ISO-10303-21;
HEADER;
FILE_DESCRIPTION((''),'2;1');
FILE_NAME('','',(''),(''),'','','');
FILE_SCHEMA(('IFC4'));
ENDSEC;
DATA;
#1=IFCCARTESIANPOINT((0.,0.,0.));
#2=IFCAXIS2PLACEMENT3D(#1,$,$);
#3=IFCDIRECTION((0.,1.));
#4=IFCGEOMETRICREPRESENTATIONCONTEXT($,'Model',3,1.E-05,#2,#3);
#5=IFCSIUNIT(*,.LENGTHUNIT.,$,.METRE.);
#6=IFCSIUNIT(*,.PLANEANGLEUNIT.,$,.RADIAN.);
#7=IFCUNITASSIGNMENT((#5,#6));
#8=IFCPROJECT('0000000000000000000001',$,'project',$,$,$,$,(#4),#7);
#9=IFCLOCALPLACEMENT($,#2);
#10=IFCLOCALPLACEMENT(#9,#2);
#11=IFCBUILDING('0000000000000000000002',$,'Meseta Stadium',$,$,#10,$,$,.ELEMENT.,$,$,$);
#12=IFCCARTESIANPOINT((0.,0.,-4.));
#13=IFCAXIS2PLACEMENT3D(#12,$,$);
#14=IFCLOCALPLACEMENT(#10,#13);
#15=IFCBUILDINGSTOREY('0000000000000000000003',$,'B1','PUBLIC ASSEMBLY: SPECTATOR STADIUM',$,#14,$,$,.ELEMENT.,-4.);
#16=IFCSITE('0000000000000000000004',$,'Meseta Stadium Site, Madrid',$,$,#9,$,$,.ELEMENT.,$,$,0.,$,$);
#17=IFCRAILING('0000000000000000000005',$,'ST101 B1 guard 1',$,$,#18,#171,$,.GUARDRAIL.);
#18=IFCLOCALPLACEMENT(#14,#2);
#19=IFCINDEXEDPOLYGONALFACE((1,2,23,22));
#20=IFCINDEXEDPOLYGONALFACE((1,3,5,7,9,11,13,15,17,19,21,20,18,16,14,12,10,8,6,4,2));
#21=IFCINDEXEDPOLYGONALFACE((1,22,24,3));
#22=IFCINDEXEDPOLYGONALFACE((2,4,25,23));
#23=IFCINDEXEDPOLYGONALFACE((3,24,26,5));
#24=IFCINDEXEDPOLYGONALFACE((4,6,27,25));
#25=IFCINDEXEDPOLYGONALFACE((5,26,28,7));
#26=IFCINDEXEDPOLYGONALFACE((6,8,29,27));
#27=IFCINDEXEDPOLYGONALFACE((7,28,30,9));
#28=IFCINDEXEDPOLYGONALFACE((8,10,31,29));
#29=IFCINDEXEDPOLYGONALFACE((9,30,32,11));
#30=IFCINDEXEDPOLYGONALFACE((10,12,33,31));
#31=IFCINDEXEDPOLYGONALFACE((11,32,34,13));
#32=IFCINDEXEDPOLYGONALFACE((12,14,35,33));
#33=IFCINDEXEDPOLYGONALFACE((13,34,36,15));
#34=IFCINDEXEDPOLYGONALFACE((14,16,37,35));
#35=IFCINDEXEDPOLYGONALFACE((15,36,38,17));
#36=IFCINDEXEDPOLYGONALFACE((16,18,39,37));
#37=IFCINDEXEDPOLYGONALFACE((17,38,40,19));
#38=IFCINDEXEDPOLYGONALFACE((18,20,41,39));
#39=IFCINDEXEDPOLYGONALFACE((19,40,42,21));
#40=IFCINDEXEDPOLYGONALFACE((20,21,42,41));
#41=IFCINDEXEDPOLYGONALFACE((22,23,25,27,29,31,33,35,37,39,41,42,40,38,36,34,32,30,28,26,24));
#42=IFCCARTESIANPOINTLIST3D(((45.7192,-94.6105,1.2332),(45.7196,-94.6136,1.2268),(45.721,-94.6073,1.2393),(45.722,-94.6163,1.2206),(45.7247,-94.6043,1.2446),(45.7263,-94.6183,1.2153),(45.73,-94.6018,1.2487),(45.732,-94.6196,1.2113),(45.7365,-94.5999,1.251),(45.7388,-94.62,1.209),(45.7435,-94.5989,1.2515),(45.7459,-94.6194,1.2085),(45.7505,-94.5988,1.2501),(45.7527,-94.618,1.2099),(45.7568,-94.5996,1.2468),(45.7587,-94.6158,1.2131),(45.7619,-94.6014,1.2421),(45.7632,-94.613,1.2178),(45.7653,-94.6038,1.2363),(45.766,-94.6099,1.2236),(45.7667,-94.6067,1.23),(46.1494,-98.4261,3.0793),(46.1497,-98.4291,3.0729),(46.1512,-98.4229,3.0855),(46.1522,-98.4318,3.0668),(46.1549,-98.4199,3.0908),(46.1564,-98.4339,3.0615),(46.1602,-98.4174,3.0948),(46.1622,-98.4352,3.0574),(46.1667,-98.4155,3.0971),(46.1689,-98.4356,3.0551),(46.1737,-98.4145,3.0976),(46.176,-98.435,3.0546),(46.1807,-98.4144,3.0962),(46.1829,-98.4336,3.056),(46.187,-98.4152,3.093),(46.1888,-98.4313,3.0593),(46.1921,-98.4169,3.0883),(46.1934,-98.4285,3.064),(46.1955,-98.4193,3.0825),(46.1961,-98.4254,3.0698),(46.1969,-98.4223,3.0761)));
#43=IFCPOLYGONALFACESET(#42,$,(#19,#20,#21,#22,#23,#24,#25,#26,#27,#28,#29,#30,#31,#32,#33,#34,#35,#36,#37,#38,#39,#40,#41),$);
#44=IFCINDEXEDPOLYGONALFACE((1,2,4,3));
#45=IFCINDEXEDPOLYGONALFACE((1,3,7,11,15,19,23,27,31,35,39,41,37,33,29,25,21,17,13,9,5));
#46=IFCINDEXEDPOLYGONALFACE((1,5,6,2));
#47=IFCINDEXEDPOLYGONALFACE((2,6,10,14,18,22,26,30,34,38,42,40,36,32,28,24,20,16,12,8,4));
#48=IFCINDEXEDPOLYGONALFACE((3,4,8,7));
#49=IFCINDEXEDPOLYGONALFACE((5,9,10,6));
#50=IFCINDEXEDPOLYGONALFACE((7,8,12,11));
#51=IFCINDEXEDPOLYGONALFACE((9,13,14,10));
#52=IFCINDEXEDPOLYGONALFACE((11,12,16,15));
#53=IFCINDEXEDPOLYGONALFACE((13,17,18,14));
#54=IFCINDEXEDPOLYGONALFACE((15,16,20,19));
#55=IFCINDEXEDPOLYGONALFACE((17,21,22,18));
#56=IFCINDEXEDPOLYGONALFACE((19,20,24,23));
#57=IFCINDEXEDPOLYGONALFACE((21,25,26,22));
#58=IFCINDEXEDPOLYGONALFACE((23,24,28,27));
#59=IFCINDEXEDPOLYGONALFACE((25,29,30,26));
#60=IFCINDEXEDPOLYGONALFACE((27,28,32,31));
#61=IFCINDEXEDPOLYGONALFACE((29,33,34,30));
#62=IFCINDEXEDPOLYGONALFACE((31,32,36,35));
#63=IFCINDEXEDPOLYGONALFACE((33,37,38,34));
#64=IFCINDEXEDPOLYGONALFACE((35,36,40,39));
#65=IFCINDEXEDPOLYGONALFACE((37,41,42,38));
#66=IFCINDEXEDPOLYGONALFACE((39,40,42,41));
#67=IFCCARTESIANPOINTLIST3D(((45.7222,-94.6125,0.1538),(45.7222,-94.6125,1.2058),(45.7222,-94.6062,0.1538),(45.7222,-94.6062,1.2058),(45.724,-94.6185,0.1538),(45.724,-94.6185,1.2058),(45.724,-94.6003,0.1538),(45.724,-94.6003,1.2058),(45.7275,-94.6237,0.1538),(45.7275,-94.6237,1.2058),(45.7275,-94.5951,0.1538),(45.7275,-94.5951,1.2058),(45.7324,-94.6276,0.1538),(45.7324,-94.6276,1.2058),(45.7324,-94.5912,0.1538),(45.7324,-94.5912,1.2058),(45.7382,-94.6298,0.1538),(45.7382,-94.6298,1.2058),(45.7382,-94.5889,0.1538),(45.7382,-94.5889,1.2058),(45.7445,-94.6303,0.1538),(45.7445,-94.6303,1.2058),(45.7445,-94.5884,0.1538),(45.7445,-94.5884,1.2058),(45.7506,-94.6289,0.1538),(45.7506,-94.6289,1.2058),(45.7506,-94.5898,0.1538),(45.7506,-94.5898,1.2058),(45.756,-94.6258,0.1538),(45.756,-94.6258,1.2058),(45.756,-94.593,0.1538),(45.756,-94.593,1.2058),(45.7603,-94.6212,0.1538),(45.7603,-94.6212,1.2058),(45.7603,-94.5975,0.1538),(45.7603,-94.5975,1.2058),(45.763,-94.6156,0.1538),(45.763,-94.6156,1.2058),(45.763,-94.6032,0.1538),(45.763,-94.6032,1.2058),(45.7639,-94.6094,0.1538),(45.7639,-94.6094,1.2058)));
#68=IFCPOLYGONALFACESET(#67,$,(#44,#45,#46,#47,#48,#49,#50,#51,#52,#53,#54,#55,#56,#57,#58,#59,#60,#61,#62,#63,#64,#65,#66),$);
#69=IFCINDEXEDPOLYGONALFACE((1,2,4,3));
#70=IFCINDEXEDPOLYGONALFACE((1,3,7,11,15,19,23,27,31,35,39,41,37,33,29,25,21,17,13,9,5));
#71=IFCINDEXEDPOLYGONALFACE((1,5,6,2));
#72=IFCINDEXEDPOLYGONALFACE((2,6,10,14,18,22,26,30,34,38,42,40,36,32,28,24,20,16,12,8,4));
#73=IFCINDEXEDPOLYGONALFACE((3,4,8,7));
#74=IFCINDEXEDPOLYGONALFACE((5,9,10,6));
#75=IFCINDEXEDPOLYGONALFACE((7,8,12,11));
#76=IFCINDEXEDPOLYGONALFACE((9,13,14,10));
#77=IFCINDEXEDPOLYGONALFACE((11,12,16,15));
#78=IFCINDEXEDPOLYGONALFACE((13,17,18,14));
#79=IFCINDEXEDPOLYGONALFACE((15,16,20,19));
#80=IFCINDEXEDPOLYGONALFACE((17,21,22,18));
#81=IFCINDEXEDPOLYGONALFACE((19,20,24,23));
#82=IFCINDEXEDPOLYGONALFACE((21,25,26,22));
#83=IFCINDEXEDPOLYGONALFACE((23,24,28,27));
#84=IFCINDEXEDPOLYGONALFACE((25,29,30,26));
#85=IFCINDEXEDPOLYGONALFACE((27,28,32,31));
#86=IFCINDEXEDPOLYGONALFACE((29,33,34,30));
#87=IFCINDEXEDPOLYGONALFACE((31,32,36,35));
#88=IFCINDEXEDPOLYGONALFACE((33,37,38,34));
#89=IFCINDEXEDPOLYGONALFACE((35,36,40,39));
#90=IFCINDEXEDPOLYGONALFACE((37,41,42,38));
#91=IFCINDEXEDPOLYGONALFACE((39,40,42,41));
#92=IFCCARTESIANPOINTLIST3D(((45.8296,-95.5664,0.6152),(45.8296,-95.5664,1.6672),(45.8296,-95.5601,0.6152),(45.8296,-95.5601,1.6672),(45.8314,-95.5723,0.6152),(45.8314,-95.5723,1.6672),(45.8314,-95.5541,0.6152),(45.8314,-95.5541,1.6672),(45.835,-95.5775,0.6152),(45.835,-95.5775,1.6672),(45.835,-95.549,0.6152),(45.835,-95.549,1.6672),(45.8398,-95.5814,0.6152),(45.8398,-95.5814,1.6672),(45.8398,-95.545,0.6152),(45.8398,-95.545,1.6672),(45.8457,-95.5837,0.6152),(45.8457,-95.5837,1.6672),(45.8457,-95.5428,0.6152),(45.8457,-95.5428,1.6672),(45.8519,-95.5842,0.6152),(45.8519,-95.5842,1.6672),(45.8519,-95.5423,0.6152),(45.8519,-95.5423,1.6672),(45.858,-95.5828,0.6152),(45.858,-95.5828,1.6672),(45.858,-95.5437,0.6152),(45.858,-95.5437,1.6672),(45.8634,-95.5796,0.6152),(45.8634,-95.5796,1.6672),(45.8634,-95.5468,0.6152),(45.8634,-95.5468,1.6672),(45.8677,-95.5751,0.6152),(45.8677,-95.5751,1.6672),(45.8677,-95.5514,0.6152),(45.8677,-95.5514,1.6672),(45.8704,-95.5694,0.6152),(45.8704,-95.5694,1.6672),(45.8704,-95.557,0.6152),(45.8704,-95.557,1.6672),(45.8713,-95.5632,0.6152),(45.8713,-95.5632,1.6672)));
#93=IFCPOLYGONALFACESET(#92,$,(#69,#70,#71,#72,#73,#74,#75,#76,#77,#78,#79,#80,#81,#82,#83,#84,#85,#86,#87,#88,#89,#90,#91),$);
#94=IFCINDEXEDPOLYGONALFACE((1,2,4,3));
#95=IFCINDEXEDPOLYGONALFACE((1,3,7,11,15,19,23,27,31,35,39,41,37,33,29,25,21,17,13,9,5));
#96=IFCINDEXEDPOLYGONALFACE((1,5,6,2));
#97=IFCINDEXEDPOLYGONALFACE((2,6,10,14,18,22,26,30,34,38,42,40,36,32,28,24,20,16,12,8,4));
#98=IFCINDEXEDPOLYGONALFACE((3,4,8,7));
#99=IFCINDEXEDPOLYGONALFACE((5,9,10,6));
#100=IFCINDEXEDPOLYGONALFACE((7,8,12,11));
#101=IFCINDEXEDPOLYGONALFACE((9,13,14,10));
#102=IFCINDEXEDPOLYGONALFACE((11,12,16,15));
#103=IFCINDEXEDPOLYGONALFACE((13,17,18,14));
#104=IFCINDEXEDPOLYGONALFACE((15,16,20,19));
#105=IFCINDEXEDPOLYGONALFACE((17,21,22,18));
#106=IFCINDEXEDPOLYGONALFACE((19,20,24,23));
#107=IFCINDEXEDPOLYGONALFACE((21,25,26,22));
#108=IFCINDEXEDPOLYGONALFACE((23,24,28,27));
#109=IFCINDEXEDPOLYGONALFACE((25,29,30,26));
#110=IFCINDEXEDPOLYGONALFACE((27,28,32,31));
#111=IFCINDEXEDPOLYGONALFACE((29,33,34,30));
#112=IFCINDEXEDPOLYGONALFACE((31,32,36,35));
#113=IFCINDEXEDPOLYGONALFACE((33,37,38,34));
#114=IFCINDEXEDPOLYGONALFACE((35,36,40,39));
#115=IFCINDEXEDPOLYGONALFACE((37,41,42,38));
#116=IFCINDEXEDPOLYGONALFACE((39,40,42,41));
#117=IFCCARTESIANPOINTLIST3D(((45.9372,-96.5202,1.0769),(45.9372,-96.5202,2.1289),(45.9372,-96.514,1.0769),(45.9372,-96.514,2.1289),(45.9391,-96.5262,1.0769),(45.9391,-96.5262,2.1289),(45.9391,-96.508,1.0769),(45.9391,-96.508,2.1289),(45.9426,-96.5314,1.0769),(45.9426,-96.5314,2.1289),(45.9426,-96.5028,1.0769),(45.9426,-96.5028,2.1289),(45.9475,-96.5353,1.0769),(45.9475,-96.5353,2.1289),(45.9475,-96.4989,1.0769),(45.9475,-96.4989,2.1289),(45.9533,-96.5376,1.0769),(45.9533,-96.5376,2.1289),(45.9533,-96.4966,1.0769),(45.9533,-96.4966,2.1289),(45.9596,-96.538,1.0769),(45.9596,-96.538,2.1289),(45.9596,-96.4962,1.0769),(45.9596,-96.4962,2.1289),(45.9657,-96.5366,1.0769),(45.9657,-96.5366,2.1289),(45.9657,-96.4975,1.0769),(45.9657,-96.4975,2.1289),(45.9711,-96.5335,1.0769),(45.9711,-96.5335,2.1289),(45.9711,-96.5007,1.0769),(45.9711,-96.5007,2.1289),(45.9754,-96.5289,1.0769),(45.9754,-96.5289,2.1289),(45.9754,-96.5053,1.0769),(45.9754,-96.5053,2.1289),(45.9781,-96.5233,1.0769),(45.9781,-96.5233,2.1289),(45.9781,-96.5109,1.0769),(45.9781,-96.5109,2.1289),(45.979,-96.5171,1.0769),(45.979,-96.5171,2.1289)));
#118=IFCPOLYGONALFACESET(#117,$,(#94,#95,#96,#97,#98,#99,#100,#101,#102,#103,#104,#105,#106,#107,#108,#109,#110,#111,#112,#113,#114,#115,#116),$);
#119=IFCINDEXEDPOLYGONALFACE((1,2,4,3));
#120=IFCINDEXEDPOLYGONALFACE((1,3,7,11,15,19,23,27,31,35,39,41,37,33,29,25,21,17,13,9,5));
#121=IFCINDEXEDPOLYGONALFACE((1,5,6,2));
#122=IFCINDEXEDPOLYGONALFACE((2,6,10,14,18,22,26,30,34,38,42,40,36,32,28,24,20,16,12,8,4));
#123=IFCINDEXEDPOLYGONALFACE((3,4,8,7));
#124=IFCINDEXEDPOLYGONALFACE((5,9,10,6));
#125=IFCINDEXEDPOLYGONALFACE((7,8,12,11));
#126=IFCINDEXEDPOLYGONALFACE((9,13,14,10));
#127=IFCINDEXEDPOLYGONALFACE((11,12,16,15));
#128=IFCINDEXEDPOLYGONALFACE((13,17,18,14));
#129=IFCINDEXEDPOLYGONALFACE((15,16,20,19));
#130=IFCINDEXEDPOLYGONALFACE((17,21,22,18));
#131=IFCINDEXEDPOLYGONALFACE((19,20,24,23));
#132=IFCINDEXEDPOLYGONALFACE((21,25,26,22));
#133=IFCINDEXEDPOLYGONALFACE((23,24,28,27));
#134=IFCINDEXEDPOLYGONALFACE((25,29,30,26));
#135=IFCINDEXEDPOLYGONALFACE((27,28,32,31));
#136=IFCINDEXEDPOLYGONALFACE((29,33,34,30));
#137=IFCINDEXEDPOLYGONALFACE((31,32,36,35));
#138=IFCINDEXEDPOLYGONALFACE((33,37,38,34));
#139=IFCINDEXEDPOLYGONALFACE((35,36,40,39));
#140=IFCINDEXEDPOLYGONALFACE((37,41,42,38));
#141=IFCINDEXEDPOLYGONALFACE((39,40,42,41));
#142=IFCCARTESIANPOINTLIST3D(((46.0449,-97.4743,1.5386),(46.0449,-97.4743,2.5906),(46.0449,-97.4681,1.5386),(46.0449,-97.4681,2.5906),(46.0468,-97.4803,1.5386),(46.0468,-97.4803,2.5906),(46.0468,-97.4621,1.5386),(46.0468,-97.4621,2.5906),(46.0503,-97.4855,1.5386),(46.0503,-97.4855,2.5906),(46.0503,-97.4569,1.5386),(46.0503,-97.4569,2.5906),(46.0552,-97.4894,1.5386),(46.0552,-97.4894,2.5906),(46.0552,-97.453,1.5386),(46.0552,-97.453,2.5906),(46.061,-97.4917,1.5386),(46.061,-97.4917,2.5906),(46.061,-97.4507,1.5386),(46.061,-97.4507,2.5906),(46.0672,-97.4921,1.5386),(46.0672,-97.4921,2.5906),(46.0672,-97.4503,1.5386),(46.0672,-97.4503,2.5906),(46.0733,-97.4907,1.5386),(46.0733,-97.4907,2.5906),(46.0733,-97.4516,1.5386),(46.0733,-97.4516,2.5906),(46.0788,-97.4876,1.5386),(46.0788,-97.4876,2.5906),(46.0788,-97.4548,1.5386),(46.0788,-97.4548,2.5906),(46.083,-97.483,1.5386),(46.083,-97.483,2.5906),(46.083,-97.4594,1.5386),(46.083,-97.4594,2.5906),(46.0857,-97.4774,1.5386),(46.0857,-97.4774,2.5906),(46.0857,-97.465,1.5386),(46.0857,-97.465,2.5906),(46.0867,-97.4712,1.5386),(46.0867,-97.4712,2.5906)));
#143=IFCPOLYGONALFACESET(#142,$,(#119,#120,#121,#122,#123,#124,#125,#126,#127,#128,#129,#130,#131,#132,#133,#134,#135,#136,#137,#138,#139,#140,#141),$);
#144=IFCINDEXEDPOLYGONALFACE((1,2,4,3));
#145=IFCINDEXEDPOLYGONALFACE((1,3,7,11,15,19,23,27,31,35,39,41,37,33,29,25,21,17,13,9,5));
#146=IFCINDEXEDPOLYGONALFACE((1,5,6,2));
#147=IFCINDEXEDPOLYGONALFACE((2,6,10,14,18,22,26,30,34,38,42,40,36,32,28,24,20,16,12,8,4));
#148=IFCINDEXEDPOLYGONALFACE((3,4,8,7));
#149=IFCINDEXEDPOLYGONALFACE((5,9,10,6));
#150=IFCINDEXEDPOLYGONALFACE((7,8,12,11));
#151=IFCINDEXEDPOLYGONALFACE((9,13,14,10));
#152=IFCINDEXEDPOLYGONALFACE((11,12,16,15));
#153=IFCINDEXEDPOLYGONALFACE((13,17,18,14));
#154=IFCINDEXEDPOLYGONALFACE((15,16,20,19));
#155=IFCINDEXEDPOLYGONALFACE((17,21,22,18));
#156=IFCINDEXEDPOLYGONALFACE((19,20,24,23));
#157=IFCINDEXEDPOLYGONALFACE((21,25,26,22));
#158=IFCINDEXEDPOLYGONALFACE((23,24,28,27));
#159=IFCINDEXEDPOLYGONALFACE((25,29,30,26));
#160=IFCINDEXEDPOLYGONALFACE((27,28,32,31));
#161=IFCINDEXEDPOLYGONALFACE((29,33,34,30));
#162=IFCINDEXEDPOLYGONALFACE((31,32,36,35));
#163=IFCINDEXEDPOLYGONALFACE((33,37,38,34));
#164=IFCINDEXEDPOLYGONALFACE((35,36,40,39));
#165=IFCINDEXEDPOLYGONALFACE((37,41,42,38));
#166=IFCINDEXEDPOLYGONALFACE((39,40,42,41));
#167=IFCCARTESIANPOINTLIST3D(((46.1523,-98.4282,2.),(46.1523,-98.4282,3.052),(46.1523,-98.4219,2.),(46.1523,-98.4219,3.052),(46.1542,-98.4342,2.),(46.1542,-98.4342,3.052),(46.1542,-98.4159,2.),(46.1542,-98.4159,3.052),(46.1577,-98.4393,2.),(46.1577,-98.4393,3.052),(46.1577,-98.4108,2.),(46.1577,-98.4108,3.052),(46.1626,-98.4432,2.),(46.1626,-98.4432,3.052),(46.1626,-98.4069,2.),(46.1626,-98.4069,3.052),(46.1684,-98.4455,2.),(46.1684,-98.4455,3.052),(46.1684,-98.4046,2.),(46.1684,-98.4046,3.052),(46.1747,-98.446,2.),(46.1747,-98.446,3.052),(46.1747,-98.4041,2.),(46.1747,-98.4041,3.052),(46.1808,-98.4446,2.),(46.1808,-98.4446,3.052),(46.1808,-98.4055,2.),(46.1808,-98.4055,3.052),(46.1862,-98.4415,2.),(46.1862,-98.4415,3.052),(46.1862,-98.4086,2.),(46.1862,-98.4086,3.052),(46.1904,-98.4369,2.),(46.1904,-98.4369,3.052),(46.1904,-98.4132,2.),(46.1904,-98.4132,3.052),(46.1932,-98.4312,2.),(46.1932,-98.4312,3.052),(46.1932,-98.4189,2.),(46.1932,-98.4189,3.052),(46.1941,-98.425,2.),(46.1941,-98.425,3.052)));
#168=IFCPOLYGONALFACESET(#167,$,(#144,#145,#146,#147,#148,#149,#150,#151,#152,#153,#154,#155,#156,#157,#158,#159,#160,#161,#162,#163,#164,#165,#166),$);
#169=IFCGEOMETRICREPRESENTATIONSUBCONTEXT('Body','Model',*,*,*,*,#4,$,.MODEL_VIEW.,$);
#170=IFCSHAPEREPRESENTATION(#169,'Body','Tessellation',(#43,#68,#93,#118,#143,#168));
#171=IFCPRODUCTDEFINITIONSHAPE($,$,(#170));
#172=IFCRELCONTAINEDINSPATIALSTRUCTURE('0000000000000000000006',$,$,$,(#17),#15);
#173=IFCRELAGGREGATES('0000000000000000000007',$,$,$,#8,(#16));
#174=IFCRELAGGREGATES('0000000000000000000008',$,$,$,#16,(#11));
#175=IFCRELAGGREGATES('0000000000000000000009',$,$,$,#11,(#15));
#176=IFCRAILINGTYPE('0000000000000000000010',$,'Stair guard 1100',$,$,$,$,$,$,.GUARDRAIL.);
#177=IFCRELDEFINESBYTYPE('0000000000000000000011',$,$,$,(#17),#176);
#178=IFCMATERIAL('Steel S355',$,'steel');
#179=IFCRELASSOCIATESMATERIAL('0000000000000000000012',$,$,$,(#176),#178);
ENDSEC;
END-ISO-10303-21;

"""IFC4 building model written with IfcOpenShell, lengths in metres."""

from ifc_helpers import new_model, si_unit, direction, frame, origin, origin_2d, place, context, subcontext, project, spatial, circle, extrude, material, type_object, element, save


model = new_model("IFC4")

# Units and contexts
model_context = context("Model", 3, precision=1e-05, world=origin(), true_north=direction((0.0, 1.0)))
body_context = subcontext(model_context, "Body", "Model", "MODEL_VIEW")
ifc_project = project(units=[si_unit("LENGTHUNIT", "METRE"), si_unit("PLANEANGLEUNIT", "RADIAN")], contexts=[model_context])

# Site, building, storey
site_placement = place(None, origin())
site = spatial("IfcSite", under=ifc_project, at=site_placement, Name="Meseta Stadium Site, Madrid", CompositionType="ELEMENT", RefElevation=0.0)
building_placement = place(site_placement, origin())
building = spatial("IfcBuilding", under=site, at=building_placement, Name="Meseta Stadium", CompositionType="ELEMENT")
storey_placement = place(building_placement, frame((0.0, 0.0, -4.0)))
storey = spatial("IfcBuildingStorey", under=building, at=storey_placement, Name="B1", Description="PUBLIC ASSEMBLY: SPECTATOR STADIUM", CompositionType="ELEMENT", Elevation=-4.0)

# Railing
ifc_material_1 = material(Name="Steel S355", Category="steel")
railing_type_1 = type_object("IfcRailingType", Name="Stair guard 1100", PredefinedType="GUARDRAIL", material=ifc_material_1)
railing_1_placement = place(storey_placement, frame((45.7429, -94.6094, 0.1538)))
element("IfcRailing", 1, at=railing_1_placement, inside=storey, type_object=railing_type_1, Name="ST101 B1 guard 1", PredefinedType="GUARDRAIL", context=body_context, shape_type="SweptSolid", body=[
    extrude(circle(Radius=0.0239, at=origin_2d()), frame((0.0, 0.0, 1.0762), z_axis=(0.100966, -0.895569, 0.433316), x_axis=(0.993705, 0.112029, 0.0)), (0.0, 0.0, 1.0), 4.2605),
    extrude(circle(Radius=0.021, at=origin_2d()), origin(), (0.0, 0.0, 1.0), 1.052),
    extrude(circle(Radius=0.021, at=origin_2d()), frame((0.1074, -0.9539, 0.4614)), (0.0, 0.0, 1.0), 1.052),
    extrude(circle(Radius=0.021, at=origin_2d()), frame((0.2151, -1.9077, 0.9231)), (0.0, 0.0, 1.0), 1.052),
    extrude(circle(Radius=0.021, at=origin_2d()), frame((0.3228, -2.8618, 1.3848)), (0.0, 0.0, 1.0), 1.052),
    extrude(circle(Radius=0.021, at=origin_2d()), frame((0.4302, -3.8157, 1.8462)), (0.0, 0.0, 1.0), 1.052),
])

save(model, "model.ifc")
